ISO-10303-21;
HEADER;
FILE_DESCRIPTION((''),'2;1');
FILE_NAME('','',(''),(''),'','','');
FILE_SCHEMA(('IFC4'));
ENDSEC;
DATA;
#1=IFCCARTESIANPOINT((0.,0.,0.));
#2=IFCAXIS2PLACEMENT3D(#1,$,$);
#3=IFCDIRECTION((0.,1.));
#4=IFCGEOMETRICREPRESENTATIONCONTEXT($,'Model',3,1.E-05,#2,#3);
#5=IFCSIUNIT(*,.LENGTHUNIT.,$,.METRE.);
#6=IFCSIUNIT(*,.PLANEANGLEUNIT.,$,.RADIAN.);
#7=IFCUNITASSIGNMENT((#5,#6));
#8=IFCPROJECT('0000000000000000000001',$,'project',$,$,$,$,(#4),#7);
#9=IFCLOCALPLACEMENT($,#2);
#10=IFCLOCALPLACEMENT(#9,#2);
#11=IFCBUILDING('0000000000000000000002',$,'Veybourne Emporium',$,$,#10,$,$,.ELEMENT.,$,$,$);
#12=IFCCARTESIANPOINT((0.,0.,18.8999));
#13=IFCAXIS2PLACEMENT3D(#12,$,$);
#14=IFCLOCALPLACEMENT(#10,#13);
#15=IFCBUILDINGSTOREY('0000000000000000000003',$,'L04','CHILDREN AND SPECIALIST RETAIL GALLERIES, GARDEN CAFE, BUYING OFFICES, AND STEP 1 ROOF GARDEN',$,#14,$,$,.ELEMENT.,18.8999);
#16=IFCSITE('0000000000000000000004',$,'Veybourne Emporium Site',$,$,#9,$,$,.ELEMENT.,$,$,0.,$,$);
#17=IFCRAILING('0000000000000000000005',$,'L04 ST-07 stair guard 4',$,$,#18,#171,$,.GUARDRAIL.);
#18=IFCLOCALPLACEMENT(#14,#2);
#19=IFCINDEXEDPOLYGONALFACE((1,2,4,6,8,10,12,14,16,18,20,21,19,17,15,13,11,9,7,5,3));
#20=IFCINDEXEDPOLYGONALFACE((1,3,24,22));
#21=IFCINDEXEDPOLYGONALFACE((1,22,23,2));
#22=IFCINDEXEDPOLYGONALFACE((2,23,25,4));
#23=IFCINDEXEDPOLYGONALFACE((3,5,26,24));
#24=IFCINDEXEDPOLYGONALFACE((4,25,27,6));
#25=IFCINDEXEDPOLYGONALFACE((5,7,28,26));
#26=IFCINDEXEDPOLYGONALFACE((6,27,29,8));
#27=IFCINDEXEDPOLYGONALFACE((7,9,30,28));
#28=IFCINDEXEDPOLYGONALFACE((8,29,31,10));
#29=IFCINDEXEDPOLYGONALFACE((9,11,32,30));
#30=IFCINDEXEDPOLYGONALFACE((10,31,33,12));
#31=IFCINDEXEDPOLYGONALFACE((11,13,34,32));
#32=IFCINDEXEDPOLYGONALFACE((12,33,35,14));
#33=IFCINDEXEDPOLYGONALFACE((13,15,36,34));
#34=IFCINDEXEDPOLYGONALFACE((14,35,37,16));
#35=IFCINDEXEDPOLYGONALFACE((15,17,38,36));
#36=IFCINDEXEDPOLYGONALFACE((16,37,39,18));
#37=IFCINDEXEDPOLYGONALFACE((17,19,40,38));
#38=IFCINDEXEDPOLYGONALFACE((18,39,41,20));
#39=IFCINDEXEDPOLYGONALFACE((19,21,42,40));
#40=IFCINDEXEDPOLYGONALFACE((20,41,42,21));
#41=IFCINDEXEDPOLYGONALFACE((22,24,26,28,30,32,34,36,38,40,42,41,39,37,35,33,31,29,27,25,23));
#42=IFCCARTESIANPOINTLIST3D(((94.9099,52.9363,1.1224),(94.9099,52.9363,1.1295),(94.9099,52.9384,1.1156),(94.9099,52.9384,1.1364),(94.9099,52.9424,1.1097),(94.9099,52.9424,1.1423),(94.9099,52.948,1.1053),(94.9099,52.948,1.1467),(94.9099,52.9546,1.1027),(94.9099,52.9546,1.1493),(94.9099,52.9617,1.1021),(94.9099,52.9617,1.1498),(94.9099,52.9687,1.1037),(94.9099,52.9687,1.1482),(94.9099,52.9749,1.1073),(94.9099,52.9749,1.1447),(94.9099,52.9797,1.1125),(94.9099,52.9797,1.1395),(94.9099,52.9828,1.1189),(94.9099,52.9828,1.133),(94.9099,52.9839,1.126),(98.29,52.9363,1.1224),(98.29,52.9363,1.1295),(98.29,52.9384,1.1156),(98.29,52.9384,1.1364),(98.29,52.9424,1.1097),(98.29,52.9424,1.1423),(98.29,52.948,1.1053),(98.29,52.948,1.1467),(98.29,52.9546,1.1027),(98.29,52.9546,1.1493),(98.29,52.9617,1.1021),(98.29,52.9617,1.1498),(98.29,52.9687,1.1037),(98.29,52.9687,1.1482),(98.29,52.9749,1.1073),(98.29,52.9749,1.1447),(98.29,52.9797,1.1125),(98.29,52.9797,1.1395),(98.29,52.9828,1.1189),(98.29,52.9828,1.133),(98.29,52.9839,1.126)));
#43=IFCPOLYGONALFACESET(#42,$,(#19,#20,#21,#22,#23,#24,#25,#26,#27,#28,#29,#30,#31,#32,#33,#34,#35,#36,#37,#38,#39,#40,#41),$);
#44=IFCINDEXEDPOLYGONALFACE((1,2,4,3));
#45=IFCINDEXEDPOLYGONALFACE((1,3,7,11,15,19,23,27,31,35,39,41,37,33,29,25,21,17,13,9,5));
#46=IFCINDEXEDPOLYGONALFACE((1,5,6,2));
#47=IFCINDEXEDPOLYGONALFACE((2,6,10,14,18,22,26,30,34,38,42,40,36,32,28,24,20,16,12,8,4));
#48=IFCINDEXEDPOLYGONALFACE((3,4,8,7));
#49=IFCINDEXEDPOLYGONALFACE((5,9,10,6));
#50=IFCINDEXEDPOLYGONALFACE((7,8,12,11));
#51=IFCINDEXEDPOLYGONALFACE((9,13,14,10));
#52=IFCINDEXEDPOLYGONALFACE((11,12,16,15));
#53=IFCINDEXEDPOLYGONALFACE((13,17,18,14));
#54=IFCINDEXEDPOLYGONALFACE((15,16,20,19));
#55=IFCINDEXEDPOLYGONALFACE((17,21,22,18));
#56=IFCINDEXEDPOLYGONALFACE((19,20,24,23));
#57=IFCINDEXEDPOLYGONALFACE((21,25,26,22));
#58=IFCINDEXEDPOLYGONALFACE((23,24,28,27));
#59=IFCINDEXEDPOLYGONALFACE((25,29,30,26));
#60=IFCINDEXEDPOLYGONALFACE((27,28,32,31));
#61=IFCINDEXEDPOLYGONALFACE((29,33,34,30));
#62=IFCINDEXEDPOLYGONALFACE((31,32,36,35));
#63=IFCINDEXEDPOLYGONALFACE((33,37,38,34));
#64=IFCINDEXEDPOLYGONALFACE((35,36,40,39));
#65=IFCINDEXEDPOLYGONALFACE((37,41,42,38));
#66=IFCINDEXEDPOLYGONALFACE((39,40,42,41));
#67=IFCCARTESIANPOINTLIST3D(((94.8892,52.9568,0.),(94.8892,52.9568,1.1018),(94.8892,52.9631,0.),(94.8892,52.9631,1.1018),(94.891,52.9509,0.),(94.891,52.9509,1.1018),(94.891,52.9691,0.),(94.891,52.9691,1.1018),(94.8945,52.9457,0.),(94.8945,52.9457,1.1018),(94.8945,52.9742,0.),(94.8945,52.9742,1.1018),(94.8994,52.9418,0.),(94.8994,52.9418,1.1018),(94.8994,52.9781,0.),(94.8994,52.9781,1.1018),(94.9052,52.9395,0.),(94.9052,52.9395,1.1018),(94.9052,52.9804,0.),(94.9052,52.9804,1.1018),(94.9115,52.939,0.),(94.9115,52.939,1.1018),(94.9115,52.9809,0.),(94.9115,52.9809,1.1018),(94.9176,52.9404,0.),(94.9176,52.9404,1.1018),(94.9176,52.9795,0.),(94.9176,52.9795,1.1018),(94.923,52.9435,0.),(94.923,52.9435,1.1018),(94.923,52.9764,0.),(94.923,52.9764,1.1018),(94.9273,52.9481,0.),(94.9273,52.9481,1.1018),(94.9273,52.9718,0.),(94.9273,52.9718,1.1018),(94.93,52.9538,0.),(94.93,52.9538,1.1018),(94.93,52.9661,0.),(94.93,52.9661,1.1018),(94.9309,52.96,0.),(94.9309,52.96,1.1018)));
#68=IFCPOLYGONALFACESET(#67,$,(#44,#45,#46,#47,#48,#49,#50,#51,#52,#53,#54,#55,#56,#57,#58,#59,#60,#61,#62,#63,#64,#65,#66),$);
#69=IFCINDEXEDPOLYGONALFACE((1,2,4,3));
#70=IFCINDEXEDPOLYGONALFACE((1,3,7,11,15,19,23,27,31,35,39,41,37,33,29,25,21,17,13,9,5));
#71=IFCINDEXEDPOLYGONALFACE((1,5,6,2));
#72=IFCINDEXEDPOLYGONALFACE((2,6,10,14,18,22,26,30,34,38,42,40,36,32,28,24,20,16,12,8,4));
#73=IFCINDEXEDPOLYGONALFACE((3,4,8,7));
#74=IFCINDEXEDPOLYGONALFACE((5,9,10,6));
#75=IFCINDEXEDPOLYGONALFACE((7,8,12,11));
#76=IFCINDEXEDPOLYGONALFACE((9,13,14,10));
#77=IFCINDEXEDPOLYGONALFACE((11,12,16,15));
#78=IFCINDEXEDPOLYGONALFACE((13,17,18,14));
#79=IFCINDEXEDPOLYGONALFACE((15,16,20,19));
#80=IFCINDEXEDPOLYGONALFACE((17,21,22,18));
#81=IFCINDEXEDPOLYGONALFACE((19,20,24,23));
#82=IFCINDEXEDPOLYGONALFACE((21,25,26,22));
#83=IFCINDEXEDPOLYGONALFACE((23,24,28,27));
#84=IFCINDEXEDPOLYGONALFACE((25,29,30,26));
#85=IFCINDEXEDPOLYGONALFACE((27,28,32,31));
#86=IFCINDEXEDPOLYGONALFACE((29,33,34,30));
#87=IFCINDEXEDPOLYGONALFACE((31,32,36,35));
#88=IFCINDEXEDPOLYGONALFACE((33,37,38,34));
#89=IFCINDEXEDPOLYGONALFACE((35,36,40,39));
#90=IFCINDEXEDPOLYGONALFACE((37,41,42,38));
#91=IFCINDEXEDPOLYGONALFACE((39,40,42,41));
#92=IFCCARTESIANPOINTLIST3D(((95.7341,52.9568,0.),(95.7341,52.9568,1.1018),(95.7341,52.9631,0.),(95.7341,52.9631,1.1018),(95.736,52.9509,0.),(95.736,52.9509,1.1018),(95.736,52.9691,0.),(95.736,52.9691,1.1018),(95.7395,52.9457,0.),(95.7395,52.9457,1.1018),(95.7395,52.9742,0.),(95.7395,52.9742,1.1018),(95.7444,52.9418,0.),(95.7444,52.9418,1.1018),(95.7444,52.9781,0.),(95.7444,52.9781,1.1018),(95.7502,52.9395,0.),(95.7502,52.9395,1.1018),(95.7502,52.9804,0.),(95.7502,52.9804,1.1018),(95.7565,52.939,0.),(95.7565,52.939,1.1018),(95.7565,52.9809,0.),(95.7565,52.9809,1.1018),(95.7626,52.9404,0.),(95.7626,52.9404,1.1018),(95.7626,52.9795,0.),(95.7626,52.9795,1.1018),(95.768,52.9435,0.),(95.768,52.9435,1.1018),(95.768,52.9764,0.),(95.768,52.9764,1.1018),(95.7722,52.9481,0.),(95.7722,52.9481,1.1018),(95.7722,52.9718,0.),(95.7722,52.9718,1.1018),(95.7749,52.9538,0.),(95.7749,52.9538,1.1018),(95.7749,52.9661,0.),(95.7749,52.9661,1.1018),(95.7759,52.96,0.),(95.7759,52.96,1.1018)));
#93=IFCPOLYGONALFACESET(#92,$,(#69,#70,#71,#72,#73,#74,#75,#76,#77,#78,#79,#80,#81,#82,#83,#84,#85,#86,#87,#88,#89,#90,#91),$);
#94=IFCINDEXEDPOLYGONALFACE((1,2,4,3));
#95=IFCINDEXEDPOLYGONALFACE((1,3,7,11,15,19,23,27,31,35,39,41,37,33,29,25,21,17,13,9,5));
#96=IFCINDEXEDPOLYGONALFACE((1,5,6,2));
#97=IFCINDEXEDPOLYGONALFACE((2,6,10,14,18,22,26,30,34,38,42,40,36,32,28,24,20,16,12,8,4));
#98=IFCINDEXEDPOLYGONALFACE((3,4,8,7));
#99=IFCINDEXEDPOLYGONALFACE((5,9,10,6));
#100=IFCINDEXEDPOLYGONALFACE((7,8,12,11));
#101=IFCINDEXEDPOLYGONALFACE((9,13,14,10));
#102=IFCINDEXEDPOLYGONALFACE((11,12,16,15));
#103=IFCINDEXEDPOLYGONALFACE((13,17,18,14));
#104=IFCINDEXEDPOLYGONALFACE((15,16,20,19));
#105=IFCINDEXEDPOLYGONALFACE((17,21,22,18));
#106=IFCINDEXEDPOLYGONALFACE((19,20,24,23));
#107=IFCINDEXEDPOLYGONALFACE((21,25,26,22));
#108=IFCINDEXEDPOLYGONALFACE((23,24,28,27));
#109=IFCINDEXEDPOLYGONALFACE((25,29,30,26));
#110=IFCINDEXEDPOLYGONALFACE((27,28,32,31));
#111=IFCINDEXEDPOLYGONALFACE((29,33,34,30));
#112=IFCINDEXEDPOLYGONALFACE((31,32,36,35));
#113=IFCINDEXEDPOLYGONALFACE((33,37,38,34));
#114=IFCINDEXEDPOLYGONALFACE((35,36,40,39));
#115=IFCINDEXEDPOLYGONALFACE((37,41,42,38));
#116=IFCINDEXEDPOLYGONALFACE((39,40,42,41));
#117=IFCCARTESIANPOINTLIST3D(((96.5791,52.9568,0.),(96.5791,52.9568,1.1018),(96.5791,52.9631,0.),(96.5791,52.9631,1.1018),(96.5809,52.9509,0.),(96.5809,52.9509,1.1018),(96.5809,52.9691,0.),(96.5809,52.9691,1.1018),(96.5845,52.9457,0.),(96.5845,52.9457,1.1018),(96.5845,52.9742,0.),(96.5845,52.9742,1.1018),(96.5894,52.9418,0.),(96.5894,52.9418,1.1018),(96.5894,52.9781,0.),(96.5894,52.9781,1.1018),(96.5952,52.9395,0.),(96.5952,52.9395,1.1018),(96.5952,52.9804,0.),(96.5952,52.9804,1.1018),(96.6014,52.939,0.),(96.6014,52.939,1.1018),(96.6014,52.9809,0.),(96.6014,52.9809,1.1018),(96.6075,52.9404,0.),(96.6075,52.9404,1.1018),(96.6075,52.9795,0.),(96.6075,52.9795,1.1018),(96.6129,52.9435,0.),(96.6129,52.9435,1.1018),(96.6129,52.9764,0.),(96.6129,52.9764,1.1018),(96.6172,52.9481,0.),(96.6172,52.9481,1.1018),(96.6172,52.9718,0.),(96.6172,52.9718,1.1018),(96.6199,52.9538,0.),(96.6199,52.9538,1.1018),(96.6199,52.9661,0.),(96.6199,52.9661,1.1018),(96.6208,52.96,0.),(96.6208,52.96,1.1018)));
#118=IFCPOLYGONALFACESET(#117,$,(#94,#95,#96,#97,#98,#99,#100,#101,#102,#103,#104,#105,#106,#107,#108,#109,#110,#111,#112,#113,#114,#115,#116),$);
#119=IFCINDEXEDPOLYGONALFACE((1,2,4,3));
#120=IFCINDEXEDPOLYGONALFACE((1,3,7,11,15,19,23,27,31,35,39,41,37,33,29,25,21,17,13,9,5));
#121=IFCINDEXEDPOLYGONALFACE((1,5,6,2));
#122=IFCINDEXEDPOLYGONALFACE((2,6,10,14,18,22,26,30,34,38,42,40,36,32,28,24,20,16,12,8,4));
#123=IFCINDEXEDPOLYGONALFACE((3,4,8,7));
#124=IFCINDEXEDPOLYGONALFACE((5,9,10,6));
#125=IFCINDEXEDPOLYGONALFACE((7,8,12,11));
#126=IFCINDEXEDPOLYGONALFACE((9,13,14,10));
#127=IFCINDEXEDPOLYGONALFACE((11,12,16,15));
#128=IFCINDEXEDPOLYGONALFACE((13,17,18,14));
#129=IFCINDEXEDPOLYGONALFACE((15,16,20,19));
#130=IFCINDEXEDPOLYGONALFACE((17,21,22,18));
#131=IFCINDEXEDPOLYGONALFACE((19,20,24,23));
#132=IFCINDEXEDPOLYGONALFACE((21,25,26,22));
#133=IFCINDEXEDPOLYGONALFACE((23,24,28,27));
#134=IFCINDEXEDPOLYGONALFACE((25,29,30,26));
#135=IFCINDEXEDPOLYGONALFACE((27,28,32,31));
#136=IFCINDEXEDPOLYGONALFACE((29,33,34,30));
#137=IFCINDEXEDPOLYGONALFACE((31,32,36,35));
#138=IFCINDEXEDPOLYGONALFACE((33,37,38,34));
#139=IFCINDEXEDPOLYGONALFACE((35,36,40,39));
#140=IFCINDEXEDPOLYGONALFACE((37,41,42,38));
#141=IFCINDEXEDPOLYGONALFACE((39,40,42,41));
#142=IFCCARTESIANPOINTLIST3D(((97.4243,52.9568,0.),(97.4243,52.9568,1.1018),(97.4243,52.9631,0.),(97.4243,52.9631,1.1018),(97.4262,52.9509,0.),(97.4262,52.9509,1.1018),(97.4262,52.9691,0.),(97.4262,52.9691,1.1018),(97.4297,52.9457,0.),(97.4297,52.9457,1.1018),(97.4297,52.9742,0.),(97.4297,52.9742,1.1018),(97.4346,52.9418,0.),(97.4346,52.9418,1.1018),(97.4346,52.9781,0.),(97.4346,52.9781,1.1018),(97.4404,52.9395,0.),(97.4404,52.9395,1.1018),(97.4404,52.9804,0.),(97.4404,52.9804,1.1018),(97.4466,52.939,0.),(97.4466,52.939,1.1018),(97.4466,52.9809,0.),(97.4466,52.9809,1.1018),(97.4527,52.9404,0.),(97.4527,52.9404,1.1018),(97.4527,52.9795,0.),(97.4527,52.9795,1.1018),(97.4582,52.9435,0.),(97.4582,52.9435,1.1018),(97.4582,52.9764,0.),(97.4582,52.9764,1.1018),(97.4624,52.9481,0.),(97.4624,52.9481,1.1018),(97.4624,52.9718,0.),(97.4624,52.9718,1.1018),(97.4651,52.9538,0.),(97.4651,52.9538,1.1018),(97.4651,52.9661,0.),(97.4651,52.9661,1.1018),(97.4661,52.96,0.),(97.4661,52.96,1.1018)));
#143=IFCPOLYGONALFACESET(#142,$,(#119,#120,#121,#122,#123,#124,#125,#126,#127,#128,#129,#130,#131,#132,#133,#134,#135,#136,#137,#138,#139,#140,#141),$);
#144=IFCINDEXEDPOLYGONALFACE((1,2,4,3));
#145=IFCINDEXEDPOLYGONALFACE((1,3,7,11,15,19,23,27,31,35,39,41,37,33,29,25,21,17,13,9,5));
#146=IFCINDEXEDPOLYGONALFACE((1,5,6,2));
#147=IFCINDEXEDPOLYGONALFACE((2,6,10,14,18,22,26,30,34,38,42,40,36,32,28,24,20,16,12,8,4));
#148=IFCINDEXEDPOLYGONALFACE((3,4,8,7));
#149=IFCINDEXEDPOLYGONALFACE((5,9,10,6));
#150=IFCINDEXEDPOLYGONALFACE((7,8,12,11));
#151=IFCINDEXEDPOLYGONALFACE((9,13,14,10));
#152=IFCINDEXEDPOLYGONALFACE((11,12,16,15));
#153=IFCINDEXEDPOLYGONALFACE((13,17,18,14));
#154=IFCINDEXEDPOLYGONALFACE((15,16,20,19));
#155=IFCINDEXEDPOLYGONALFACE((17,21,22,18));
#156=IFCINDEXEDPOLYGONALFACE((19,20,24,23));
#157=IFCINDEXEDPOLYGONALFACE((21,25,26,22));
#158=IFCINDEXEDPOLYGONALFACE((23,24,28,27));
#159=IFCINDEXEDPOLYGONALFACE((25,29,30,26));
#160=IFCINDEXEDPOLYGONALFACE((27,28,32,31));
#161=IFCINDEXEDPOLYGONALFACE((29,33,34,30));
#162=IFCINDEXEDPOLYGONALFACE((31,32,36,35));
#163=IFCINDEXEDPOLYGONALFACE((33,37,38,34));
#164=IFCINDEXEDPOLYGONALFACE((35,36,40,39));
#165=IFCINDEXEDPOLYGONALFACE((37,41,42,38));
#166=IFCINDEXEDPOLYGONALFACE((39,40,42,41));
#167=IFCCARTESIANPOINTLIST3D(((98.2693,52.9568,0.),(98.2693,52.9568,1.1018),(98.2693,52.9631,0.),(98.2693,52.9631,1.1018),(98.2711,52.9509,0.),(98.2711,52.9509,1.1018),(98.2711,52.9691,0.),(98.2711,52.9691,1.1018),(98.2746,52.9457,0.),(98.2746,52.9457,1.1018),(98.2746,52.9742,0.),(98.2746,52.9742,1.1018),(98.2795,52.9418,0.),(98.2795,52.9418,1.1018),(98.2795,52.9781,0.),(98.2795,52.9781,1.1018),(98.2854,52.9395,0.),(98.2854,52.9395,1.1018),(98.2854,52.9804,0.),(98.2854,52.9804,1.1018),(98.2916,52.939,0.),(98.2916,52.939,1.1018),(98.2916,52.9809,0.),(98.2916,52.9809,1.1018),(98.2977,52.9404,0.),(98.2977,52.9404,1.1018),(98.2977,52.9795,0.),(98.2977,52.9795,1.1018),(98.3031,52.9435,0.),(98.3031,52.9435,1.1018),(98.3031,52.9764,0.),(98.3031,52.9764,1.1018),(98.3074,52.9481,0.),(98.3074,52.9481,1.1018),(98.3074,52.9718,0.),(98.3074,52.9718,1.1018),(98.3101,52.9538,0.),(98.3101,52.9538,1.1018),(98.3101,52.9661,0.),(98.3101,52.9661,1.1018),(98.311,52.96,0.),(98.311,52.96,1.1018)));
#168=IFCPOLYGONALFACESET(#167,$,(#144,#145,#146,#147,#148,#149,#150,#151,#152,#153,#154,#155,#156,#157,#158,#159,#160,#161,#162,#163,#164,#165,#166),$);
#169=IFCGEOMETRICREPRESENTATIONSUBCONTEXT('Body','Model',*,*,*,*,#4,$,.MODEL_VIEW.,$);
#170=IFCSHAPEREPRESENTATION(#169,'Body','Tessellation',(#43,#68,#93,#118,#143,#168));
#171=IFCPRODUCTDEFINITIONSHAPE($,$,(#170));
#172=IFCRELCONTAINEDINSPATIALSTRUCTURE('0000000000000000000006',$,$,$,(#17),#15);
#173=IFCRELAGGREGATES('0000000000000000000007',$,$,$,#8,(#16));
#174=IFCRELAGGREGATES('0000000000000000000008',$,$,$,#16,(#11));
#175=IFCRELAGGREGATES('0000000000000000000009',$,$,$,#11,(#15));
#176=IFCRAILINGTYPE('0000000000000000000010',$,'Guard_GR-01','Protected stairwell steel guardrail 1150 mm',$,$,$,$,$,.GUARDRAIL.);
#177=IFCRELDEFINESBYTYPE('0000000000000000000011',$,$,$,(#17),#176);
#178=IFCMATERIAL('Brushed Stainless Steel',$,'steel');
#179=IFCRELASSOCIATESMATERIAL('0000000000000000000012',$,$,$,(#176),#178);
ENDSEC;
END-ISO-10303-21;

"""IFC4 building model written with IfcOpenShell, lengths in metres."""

from ifc_helpers import new_model, si_unit, direction, frame, origin, origin_2d, place, context, subcontext, project, spatial, circle, extrude, material, type_object, element, save


model = new_model("IFC4")

# Units and contexts
model_context = context("Model", 3, precision=1e-05, world=origin(), true_north=direction((0.0, 1.0)))
body_context = subcontext(model_context, "Body", "Model", "MODEL_VIEW")
ifc_project = project(units=[si_unit("LENGTHUNIT", "METRE"), si_unit("PLANEANGLEUNIT", "RADIAN")], contexts=[model_context])

# Site, building, storey
site_placement = place(None, origin())
site = spatial("IfcSite", under=ifc_project, at=site_placement, Name="Veybourne Emporium Site", CompositionType="ELEMENT", RefElevation=0.0)
building_placement = place(site_placement, origin())
building = spatial("IfcBuilding", under=site, at=building_placement, Name="Veybourne Emporium", CompositionType="ELEMENT")
storey_placement = place(building_placement, frame((0.0, 0.0, 18.8999)))
storey = spatial("IfcBuildingStorey", under=building, at=storey_placement, Name="L04", Description="CHILDREN AND SPECIALIST RETAIL GALLERIES, GARDEN CAFE, BUYING OFFICES, AND STEP 1 ROOF GARDEN", CompositionType="ELEMENT", Elevation=18.8999)

# Railing
ifc_material_1 = material(Name="Brushed Stainless Steel", Category="steel")
railing_type_1 = type_object("IfcRailingType", Name="Guard_GR-01", Description="Protected stairwell steel guardrail 1150 mm", PredefinedType="GUARDRAIL", material=ifc_material_1)
railing_1_placement = place(storey_placement, frame((94.9099, 52.96, 0.0)))
element("IfcRailing", 1, at=railing_1_placement, inside=storey, type_object=railing_type_1, Name="L04 ST-07 stair guard 4", PredefinedType="GUARDRAIL", context=body_context, shape_type="SweptSolid", body=[
    extrude(circle(Radius=0.0239, at=origin_2d()), frame((0.0, 0.0, 1.126), z_axis=(1.0, 0.0, 0.0), x_axis=(0.0, 1.0, 0.0)), (0.0, 0.0, 1.0), 3.3801),
    extrude(circle(Radius=0.021, at=origin_2d()), origin(), (0.0, 0.0, 1.0), 1.1018),
    extrude(circle(Radius=0.021, at=origin_2d()), frame((0.845, 0.0, 0.0)), (0.0, 0.0, 1.0), 1.1018),
    extrude(circle(Radius=0.021, at=origin_2d()), frame((1.6899, 0.0, 0.0)), (0.0, 0.0, 1.0), 1.1018),
    extrude(circle(Radius=0.021, at=origin_2d()), frame((2.5352, 0.0, 0.0)), (0.0, 0.0, 1.0), 1.1018),
    extrude(circle(Radius=0.021, at=origin_2d()), frame((3.3801, 0.0, 0.0)), (0.0, 0.0, 1.0), 1.1018),
])

save(model, "model.ifc")
